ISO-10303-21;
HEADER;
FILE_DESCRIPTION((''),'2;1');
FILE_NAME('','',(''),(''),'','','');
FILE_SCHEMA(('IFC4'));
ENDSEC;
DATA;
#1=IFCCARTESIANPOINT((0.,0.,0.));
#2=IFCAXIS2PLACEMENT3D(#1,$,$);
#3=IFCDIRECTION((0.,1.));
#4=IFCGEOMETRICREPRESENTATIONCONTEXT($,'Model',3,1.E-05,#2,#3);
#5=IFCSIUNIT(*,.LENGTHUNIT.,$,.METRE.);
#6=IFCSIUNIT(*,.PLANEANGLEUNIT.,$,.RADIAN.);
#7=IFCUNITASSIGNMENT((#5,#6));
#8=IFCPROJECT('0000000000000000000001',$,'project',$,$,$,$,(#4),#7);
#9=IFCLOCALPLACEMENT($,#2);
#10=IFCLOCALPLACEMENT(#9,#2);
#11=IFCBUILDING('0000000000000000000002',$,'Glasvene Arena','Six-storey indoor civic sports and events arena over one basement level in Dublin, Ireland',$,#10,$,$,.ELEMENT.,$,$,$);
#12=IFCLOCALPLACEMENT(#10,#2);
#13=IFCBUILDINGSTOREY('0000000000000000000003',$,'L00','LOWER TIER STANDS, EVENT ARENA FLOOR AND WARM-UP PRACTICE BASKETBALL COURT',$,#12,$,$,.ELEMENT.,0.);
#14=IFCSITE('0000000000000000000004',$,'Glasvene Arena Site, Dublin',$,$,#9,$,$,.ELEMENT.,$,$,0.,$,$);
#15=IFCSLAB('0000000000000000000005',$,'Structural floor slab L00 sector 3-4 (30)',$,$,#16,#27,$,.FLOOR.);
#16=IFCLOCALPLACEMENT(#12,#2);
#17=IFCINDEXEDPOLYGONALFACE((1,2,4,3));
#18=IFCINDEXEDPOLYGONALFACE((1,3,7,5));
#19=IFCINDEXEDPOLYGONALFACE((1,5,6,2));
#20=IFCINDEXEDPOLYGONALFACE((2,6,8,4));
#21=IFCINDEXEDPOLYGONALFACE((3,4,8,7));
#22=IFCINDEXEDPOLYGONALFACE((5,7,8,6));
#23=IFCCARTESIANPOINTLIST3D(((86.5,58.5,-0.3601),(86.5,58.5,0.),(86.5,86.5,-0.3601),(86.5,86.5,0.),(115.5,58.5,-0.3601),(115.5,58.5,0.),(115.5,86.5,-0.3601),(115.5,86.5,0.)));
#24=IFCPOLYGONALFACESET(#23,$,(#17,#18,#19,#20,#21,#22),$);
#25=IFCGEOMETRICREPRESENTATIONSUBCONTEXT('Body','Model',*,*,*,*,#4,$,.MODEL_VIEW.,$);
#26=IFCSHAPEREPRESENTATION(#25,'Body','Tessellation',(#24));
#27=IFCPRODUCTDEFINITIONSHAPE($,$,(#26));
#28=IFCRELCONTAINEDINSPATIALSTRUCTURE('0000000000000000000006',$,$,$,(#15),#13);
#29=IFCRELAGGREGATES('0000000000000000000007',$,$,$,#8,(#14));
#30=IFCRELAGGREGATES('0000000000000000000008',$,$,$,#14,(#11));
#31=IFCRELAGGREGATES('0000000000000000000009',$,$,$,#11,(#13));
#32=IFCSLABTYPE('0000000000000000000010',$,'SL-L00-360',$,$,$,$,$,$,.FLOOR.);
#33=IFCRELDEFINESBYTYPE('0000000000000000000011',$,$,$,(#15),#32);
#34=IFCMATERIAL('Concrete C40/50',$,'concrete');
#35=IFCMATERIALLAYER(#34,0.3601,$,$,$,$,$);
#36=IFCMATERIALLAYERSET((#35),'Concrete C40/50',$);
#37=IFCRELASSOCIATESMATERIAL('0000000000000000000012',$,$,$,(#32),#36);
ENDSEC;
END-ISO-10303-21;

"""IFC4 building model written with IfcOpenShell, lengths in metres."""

from ifc_helpers import new_model, si_unit, direction, frame, origin, place, context, subcontext, project, spatial, polyline, outline, extrude, material, layer, layer_set, type_object, element, save


model = new_model("IFC4")

# Units and contexts
model_context = context("Model", 3, precision=1e-05, world=origin(), true_north=direction((0.0, 1.0)))
body_context = subcontext(model_context, "Body", "Model", "MODEL_VIEW")
ifc_project = project(units=[si_unit("LENGTHUNIT", "METRE"), si_unit("PLANEANGLEUNIT", "RADIAN")], contexts=[model_context])

# Site, building, storey
site_placement = place(None, origin())
site = spatial("IfcSite", under=ifc_project, at=site_placement, Name="Glasvene Arena Site, Dublin", CompositionType="ELEMENT", RefElevation=0.0)
building_placement = place(site_placement, origin())
building = spatial("IfcBuilding", under=site, at=building_placement, Name="Glasvene Arena", Description="Six-storey indoor civic sports and events arena over one basement level in Dublin, Ireland", CompositionType="ELEMENT")
storey_placement = place(building_placement, origin())
storey = spatial("IfcBuildingStorey", under=building, at=storey_placement, Name="L00", Description="LOWER TIER STANDS, EVENT ARENA FLOOR AND WARM-UP PRACTICE BASKETBALL COURT", CompositionType="ELEMENT", Elevation=0.0)

# Slab
ifc_material_1 = material(Name="Concrete C40/50", Category="concrete")
ifc_layer_1 = layer(ifc_material_1, 0.3601)
ifc_layer_set_1 = layer_set([ifc_layer_1], Name="Concrete C40/50")
slab_type_1 = type_object("IfcSlabType", Name="SL-L00-360", PredefinedType="FLOOR", material=ifc_layer_set_1)
slab_1_placement = place(storey_placement, frame((101.0, 72.5, -0.3601)))
element("IfcSlab", 1, at=slab_1_placement, inside=storey, type_object=slab_type_1, Name="Structural floor slab L00 sector 3-4 (30)", PredefinedType="FLOOR", context=body_context, shape_type="SweptSolid", body=[
    extrude(outline(polyline([(-14.5, -14.0), (-14.5, 14.0), (14.5, 14.0), (14.5, -14.0), (-14.5, -14.0)])), origin(), (0.0, 0.0, 1.0), 0.3601),
])

save(model, "model.ifc")
